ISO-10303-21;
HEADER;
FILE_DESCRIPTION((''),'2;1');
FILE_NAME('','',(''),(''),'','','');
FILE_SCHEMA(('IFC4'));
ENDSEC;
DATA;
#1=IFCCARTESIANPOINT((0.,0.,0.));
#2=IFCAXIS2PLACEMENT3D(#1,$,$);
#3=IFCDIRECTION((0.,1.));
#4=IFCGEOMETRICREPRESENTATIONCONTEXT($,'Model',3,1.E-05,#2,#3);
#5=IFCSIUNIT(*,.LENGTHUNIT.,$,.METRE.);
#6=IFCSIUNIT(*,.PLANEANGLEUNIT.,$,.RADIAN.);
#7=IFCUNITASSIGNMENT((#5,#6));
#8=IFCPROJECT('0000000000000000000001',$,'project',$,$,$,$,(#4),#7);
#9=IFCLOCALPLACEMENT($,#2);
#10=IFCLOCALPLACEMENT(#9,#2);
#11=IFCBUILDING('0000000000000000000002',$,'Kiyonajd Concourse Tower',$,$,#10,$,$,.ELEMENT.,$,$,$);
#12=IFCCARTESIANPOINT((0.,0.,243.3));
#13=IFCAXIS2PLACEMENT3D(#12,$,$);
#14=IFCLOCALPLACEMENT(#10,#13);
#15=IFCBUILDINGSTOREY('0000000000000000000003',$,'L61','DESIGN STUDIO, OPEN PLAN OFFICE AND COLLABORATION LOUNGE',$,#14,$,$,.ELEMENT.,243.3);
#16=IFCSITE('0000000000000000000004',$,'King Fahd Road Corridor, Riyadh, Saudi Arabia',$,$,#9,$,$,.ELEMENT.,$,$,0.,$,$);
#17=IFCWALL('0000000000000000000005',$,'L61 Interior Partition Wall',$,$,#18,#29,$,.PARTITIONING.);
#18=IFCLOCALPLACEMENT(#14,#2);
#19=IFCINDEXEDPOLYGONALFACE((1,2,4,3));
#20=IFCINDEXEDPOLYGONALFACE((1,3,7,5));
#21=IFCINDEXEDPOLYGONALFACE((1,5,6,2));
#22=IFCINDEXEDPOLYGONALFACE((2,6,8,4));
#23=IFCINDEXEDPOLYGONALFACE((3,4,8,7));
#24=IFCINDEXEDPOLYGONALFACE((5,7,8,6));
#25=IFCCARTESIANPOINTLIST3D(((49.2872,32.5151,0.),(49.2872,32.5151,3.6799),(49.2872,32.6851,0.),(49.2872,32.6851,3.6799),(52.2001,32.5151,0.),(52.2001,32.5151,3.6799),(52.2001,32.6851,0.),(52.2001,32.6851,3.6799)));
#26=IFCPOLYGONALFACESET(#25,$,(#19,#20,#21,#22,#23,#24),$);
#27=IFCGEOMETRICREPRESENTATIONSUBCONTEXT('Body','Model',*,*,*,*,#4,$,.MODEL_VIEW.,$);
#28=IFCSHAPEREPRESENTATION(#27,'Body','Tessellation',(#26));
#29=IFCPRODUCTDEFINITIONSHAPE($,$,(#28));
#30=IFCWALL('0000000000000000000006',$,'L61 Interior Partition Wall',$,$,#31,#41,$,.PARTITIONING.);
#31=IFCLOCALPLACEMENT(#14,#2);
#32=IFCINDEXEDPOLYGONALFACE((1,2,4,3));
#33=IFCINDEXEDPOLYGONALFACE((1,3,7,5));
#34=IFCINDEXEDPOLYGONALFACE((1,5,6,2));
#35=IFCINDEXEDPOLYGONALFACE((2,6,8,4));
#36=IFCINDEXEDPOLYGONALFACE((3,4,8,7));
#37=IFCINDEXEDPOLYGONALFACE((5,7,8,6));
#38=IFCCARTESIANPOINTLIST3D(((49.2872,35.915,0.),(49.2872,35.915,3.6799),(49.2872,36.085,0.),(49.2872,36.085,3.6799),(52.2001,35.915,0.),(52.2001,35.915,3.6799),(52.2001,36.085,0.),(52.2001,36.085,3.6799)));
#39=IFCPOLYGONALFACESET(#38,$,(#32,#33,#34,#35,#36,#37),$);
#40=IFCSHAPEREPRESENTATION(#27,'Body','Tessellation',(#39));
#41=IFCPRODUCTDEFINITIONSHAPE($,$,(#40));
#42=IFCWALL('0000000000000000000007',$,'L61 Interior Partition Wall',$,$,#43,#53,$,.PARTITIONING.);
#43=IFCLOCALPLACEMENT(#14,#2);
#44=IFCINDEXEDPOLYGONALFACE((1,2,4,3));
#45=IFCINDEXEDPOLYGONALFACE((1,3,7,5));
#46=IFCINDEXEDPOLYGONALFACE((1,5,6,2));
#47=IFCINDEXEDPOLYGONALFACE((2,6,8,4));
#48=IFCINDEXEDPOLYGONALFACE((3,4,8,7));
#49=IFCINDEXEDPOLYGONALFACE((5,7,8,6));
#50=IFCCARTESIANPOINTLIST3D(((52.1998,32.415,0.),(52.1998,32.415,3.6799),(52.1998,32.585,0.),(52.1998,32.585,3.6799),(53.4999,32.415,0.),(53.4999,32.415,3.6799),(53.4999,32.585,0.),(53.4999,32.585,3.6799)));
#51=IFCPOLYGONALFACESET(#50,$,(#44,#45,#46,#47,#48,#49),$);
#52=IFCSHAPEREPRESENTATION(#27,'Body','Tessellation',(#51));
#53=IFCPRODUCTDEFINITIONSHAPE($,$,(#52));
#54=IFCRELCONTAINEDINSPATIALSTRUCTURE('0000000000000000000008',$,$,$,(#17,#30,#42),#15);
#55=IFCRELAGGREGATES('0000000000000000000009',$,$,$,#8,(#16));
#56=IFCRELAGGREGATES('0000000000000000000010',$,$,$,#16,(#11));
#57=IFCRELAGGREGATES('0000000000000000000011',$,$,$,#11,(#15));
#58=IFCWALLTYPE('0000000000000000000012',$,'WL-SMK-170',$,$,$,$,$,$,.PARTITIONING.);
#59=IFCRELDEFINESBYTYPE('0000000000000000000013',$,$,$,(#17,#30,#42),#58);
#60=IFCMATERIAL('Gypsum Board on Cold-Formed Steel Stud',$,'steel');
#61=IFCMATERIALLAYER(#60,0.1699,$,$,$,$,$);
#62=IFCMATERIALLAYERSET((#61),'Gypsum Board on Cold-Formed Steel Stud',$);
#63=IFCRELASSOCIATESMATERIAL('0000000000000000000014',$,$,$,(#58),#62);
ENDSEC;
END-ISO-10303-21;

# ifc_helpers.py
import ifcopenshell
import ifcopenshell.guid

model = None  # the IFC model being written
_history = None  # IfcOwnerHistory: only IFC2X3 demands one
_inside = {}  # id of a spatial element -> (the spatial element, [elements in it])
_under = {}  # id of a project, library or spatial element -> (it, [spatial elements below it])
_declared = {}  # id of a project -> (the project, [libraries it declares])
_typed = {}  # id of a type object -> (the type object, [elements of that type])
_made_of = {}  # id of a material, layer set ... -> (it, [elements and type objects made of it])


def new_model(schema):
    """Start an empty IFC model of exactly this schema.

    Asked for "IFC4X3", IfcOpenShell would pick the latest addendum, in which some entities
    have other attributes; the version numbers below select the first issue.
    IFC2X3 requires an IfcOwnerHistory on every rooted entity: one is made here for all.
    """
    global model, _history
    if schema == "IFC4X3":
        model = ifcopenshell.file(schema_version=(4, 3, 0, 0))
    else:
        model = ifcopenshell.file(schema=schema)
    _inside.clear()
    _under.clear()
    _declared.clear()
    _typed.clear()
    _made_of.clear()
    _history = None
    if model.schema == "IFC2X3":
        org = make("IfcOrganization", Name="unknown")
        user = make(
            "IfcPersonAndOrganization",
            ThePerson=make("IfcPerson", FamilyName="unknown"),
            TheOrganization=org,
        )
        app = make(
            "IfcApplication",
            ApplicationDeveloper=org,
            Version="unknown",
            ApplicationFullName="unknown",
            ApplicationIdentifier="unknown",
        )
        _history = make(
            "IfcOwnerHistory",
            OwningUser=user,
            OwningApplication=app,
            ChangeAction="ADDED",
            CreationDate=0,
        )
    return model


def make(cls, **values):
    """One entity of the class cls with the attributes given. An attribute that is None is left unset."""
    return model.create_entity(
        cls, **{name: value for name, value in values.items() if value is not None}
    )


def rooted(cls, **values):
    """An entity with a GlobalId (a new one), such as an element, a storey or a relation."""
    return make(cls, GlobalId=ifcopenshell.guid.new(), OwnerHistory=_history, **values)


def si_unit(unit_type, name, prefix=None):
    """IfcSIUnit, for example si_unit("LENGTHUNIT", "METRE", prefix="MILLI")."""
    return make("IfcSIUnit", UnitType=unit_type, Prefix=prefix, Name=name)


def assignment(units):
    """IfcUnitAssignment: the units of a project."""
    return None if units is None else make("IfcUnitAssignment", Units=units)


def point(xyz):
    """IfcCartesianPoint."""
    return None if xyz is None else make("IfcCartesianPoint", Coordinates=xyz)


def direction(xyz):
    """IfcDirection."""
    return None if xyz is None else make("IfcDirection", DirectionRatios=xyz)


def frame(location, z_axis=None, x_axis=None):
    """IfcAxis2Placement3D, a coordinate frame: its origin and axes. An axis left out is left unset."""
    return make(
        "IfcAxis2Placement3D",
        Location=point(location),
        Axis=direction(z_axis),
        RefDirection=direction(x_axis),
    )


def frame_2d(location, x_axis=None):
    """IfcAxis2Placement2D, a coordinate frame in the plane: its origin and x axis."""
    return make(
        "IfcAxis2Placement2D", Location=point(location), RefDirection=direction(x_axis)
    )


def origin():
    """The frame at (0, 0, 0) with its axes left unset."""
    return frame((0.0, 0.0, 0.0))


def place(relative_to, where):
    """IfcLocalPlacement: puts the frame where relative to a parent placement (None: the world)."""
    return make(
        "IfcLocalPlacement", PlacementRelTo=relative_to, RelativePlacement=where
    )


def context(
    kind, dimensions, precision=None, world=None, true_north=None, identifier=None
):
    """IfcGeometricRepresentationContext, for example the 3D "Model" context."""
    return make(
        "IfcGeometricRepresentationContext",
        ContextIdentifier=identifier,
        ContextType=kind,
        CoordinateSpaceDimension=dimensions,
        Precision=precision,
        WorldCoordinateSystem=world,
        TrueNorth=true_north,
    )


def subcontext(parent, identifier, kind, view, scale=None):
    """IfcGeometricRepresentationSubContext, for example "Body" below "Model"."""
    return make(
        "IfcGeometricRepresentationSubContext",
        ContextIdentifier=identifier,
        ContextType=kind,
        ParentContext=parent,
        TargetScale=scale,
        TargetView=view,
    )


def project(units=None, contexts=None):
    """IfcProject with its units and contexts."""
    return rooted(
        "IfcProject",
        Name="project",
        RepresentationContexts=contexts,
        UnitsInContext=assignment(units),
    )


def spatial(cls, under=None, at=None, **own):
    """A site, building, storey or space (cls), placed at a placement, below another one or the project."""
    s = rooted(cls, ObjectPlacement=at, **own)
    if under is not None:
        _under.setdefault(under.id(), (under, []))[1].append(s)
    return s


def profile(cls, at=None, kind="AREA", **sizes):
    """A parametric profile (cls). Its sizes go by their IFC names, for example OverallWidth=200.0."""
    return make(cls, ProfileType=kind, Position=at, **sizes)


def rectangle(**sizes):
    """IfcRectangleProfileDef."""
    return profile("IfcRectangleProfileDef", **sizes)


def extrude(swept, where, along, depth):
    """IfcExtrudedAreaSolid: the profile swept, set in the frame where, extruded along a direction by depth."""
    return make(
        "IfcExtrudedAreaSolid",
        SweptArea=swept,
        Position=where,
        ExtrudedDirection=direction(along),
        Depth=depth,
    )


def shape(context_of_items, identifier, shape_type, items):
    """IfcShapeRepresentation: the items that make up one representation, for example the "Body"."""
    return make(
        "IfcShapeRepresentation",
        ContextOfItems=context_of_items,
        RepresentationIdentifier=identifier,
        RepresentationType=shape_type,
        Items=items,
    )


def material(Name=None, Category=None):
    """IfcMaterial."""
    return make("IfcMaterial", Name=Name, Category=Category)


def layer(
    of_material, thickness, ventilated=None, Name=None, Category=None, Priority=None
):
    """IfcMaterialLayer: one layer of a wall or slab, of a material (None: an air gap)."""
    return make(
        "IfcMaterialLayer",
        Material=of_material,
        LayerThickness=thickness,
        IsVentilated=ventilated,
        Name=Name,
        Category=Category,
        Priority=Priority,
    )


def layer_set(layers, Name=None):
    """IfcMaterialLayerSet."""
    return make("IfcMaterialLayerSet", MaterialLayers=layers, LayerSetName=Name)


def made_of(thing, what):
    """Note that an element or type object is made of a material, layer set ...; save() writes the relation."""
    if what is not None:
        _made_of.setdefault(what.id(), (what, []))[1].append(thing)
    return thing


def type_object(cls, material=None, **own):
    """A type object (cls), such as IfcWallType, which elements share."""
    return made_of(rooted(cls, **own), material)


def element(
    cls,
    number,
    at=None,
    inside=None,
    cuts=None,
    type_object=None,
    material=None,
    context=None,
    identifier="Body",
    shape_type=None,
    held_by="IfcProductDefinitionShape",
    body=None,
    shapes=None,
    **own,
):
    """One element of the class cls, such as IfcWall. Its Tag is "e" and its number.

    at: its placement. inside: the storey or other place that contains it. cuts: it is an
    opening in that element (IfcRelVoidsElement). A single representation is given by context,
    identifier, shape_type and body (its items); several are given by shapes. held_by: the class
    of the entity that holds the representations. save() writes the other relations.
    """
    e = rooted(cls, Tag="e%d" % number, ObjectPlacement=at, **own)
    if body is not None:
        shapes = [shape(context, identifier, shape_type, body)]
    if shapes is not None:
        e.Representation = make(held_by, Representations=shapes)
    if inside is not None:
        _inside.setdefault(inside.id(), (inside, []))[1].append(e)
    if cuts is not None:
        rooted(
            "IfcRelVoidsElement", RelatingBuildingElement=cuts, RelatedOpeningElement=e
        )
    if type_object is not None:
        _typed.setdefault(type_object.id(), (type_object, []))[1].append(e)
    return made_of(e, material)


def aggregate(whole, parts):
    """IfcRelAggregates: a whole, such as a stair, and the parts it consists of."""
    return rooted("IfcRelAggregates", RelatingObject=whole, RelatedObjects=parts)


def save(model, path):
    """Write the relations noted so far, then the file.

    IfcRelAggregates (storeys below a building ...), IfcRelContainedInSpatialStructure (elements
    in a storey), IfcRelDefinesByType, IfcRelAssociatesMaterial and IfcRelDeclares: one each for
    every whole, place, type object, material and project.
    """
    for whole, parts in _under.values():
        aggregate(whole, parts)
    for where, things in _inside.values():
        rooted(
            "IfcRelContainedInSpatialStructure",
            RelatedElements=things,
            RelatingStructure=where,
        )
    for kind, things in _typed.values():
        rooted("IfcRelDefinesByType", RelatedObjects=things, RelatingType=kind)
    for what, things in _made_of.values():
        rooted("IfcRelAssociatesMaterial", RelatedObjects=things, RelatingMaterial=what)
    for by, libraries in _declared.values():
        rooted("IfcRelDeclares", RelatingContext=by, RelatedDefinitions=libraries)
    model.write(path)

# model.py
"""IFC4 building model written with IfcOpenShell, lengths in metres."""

from ifc_helpers import new_model, si_unit, direction, frame, frame_2d, origin, place, context, subcontext, project, spatial, rectangle, extrude, material, layer, layer_set, type_object, element, save


model = new_model("IFC4")

# Units and contexts
model_context = context("Model", 3, precision=1e-05, world=origin(), true_north=direction((0.0, 1.0)))
body_context = subcontext(model_context, "Body", "Model", "MODEL_VIEW")
ifc_project = project(units=[si_unit("LENGTHUNIT", "METRE"), si_unit("PLANEANGLEUNIT", "RADIAN")], contexts=[model_context])

# Site, building, storey
site_placement = place(None, origin())
site = spatial("IfcSite", under=ifc_project, at=site_placement, Name="King Fahd Road Corridor, Riyadh, Saudi Arabia", CompositionType="ELEMENT", RefElevation=0.0)
building_placement = place(site_placement, origin())
building = spatial("IfcBuilding", under=site, at=building_placement, Name="Kiyonajd Concourse Tower", CompositionType="ELEMENT")
storey_placement = place(building_placement, frame((0.0, 0.0, 243.3)))
storey = spatial("IfcBuildingStorey", under=building, at=storey_placement, Name="L61", Description="DESIGN STUDIO, OPEN PLAN OFFICE AND COLLABORATION LOUNGE", CompositionType="ELEMENT", Elevation=243.3)

# Shared definitions
ifc_material_1 = material(Name="Gypsum Board on Cold-Formed Steel Stud", Category="steel")

# Walls
ifc_layer_1 = layer(ifc_material_1, 0.1699)
ifc_layer_set_1 = layer_set([ifc_layer_1], Name="Gypsum Board on Cold-Formed Steel Stud")
wall_type_1 = type_object("IfcWallType", Name="WL-SMK-170", PredefinedType="PARTITIONING", material=ifc_layer_set_1)
for number, where, z_axis, x_axis, name in (
    (1, (49.2871, 32.6001, 0.0), (0.0, 0.0, 1.0), (1.0, 0.0, 0.0), "L61 Interior Partition Wall"),
    (2, (49.2871, 36.0, 0.0), (0.0, 0.0, 1.0), (1.0, 0.0, 0.0), "L61 Interior Partition Wall"),
):
    element("IfcWall", number, at=place(storey_placement, frame(where, z_axis=z_axis, x_axis=x_axis)), inside=storey, type_object=wall_type_1, Name=name, PredefinedType="PARTITIONING", context=body_context, shape_type="SweptSolid", body=[
        extrude(rectangle(XDim=2.9128, YDim=0.1699, at=frame_2d((1.4565, 0.0))), origin(), (0.0, 0.0, 1.0), 3.6799),
    ])
wall_1_placement = place(storey_placement, frame((52.2, 32.5, 0.0), z_axis=(0.0, 0.0, 1.0), x_axis=(1.0, 0.0, 0.0)))
element("IfcWall", 3, at=wall_1_placement, inside=storey, type_object=wall_type_1, Name="L61 Interior Partition Wall", PredefinedType="PARTITIONING", context=body_context, shape_type="SweptSolid", body=[
    extrude(rectangle(XDim=1.3, YDim=0.1699, at=frame_2d((0.6499, 0.0))), origin(), (0.0, 0.0, 1.0), 3.6799),
])

save(model, "model.ifc")
